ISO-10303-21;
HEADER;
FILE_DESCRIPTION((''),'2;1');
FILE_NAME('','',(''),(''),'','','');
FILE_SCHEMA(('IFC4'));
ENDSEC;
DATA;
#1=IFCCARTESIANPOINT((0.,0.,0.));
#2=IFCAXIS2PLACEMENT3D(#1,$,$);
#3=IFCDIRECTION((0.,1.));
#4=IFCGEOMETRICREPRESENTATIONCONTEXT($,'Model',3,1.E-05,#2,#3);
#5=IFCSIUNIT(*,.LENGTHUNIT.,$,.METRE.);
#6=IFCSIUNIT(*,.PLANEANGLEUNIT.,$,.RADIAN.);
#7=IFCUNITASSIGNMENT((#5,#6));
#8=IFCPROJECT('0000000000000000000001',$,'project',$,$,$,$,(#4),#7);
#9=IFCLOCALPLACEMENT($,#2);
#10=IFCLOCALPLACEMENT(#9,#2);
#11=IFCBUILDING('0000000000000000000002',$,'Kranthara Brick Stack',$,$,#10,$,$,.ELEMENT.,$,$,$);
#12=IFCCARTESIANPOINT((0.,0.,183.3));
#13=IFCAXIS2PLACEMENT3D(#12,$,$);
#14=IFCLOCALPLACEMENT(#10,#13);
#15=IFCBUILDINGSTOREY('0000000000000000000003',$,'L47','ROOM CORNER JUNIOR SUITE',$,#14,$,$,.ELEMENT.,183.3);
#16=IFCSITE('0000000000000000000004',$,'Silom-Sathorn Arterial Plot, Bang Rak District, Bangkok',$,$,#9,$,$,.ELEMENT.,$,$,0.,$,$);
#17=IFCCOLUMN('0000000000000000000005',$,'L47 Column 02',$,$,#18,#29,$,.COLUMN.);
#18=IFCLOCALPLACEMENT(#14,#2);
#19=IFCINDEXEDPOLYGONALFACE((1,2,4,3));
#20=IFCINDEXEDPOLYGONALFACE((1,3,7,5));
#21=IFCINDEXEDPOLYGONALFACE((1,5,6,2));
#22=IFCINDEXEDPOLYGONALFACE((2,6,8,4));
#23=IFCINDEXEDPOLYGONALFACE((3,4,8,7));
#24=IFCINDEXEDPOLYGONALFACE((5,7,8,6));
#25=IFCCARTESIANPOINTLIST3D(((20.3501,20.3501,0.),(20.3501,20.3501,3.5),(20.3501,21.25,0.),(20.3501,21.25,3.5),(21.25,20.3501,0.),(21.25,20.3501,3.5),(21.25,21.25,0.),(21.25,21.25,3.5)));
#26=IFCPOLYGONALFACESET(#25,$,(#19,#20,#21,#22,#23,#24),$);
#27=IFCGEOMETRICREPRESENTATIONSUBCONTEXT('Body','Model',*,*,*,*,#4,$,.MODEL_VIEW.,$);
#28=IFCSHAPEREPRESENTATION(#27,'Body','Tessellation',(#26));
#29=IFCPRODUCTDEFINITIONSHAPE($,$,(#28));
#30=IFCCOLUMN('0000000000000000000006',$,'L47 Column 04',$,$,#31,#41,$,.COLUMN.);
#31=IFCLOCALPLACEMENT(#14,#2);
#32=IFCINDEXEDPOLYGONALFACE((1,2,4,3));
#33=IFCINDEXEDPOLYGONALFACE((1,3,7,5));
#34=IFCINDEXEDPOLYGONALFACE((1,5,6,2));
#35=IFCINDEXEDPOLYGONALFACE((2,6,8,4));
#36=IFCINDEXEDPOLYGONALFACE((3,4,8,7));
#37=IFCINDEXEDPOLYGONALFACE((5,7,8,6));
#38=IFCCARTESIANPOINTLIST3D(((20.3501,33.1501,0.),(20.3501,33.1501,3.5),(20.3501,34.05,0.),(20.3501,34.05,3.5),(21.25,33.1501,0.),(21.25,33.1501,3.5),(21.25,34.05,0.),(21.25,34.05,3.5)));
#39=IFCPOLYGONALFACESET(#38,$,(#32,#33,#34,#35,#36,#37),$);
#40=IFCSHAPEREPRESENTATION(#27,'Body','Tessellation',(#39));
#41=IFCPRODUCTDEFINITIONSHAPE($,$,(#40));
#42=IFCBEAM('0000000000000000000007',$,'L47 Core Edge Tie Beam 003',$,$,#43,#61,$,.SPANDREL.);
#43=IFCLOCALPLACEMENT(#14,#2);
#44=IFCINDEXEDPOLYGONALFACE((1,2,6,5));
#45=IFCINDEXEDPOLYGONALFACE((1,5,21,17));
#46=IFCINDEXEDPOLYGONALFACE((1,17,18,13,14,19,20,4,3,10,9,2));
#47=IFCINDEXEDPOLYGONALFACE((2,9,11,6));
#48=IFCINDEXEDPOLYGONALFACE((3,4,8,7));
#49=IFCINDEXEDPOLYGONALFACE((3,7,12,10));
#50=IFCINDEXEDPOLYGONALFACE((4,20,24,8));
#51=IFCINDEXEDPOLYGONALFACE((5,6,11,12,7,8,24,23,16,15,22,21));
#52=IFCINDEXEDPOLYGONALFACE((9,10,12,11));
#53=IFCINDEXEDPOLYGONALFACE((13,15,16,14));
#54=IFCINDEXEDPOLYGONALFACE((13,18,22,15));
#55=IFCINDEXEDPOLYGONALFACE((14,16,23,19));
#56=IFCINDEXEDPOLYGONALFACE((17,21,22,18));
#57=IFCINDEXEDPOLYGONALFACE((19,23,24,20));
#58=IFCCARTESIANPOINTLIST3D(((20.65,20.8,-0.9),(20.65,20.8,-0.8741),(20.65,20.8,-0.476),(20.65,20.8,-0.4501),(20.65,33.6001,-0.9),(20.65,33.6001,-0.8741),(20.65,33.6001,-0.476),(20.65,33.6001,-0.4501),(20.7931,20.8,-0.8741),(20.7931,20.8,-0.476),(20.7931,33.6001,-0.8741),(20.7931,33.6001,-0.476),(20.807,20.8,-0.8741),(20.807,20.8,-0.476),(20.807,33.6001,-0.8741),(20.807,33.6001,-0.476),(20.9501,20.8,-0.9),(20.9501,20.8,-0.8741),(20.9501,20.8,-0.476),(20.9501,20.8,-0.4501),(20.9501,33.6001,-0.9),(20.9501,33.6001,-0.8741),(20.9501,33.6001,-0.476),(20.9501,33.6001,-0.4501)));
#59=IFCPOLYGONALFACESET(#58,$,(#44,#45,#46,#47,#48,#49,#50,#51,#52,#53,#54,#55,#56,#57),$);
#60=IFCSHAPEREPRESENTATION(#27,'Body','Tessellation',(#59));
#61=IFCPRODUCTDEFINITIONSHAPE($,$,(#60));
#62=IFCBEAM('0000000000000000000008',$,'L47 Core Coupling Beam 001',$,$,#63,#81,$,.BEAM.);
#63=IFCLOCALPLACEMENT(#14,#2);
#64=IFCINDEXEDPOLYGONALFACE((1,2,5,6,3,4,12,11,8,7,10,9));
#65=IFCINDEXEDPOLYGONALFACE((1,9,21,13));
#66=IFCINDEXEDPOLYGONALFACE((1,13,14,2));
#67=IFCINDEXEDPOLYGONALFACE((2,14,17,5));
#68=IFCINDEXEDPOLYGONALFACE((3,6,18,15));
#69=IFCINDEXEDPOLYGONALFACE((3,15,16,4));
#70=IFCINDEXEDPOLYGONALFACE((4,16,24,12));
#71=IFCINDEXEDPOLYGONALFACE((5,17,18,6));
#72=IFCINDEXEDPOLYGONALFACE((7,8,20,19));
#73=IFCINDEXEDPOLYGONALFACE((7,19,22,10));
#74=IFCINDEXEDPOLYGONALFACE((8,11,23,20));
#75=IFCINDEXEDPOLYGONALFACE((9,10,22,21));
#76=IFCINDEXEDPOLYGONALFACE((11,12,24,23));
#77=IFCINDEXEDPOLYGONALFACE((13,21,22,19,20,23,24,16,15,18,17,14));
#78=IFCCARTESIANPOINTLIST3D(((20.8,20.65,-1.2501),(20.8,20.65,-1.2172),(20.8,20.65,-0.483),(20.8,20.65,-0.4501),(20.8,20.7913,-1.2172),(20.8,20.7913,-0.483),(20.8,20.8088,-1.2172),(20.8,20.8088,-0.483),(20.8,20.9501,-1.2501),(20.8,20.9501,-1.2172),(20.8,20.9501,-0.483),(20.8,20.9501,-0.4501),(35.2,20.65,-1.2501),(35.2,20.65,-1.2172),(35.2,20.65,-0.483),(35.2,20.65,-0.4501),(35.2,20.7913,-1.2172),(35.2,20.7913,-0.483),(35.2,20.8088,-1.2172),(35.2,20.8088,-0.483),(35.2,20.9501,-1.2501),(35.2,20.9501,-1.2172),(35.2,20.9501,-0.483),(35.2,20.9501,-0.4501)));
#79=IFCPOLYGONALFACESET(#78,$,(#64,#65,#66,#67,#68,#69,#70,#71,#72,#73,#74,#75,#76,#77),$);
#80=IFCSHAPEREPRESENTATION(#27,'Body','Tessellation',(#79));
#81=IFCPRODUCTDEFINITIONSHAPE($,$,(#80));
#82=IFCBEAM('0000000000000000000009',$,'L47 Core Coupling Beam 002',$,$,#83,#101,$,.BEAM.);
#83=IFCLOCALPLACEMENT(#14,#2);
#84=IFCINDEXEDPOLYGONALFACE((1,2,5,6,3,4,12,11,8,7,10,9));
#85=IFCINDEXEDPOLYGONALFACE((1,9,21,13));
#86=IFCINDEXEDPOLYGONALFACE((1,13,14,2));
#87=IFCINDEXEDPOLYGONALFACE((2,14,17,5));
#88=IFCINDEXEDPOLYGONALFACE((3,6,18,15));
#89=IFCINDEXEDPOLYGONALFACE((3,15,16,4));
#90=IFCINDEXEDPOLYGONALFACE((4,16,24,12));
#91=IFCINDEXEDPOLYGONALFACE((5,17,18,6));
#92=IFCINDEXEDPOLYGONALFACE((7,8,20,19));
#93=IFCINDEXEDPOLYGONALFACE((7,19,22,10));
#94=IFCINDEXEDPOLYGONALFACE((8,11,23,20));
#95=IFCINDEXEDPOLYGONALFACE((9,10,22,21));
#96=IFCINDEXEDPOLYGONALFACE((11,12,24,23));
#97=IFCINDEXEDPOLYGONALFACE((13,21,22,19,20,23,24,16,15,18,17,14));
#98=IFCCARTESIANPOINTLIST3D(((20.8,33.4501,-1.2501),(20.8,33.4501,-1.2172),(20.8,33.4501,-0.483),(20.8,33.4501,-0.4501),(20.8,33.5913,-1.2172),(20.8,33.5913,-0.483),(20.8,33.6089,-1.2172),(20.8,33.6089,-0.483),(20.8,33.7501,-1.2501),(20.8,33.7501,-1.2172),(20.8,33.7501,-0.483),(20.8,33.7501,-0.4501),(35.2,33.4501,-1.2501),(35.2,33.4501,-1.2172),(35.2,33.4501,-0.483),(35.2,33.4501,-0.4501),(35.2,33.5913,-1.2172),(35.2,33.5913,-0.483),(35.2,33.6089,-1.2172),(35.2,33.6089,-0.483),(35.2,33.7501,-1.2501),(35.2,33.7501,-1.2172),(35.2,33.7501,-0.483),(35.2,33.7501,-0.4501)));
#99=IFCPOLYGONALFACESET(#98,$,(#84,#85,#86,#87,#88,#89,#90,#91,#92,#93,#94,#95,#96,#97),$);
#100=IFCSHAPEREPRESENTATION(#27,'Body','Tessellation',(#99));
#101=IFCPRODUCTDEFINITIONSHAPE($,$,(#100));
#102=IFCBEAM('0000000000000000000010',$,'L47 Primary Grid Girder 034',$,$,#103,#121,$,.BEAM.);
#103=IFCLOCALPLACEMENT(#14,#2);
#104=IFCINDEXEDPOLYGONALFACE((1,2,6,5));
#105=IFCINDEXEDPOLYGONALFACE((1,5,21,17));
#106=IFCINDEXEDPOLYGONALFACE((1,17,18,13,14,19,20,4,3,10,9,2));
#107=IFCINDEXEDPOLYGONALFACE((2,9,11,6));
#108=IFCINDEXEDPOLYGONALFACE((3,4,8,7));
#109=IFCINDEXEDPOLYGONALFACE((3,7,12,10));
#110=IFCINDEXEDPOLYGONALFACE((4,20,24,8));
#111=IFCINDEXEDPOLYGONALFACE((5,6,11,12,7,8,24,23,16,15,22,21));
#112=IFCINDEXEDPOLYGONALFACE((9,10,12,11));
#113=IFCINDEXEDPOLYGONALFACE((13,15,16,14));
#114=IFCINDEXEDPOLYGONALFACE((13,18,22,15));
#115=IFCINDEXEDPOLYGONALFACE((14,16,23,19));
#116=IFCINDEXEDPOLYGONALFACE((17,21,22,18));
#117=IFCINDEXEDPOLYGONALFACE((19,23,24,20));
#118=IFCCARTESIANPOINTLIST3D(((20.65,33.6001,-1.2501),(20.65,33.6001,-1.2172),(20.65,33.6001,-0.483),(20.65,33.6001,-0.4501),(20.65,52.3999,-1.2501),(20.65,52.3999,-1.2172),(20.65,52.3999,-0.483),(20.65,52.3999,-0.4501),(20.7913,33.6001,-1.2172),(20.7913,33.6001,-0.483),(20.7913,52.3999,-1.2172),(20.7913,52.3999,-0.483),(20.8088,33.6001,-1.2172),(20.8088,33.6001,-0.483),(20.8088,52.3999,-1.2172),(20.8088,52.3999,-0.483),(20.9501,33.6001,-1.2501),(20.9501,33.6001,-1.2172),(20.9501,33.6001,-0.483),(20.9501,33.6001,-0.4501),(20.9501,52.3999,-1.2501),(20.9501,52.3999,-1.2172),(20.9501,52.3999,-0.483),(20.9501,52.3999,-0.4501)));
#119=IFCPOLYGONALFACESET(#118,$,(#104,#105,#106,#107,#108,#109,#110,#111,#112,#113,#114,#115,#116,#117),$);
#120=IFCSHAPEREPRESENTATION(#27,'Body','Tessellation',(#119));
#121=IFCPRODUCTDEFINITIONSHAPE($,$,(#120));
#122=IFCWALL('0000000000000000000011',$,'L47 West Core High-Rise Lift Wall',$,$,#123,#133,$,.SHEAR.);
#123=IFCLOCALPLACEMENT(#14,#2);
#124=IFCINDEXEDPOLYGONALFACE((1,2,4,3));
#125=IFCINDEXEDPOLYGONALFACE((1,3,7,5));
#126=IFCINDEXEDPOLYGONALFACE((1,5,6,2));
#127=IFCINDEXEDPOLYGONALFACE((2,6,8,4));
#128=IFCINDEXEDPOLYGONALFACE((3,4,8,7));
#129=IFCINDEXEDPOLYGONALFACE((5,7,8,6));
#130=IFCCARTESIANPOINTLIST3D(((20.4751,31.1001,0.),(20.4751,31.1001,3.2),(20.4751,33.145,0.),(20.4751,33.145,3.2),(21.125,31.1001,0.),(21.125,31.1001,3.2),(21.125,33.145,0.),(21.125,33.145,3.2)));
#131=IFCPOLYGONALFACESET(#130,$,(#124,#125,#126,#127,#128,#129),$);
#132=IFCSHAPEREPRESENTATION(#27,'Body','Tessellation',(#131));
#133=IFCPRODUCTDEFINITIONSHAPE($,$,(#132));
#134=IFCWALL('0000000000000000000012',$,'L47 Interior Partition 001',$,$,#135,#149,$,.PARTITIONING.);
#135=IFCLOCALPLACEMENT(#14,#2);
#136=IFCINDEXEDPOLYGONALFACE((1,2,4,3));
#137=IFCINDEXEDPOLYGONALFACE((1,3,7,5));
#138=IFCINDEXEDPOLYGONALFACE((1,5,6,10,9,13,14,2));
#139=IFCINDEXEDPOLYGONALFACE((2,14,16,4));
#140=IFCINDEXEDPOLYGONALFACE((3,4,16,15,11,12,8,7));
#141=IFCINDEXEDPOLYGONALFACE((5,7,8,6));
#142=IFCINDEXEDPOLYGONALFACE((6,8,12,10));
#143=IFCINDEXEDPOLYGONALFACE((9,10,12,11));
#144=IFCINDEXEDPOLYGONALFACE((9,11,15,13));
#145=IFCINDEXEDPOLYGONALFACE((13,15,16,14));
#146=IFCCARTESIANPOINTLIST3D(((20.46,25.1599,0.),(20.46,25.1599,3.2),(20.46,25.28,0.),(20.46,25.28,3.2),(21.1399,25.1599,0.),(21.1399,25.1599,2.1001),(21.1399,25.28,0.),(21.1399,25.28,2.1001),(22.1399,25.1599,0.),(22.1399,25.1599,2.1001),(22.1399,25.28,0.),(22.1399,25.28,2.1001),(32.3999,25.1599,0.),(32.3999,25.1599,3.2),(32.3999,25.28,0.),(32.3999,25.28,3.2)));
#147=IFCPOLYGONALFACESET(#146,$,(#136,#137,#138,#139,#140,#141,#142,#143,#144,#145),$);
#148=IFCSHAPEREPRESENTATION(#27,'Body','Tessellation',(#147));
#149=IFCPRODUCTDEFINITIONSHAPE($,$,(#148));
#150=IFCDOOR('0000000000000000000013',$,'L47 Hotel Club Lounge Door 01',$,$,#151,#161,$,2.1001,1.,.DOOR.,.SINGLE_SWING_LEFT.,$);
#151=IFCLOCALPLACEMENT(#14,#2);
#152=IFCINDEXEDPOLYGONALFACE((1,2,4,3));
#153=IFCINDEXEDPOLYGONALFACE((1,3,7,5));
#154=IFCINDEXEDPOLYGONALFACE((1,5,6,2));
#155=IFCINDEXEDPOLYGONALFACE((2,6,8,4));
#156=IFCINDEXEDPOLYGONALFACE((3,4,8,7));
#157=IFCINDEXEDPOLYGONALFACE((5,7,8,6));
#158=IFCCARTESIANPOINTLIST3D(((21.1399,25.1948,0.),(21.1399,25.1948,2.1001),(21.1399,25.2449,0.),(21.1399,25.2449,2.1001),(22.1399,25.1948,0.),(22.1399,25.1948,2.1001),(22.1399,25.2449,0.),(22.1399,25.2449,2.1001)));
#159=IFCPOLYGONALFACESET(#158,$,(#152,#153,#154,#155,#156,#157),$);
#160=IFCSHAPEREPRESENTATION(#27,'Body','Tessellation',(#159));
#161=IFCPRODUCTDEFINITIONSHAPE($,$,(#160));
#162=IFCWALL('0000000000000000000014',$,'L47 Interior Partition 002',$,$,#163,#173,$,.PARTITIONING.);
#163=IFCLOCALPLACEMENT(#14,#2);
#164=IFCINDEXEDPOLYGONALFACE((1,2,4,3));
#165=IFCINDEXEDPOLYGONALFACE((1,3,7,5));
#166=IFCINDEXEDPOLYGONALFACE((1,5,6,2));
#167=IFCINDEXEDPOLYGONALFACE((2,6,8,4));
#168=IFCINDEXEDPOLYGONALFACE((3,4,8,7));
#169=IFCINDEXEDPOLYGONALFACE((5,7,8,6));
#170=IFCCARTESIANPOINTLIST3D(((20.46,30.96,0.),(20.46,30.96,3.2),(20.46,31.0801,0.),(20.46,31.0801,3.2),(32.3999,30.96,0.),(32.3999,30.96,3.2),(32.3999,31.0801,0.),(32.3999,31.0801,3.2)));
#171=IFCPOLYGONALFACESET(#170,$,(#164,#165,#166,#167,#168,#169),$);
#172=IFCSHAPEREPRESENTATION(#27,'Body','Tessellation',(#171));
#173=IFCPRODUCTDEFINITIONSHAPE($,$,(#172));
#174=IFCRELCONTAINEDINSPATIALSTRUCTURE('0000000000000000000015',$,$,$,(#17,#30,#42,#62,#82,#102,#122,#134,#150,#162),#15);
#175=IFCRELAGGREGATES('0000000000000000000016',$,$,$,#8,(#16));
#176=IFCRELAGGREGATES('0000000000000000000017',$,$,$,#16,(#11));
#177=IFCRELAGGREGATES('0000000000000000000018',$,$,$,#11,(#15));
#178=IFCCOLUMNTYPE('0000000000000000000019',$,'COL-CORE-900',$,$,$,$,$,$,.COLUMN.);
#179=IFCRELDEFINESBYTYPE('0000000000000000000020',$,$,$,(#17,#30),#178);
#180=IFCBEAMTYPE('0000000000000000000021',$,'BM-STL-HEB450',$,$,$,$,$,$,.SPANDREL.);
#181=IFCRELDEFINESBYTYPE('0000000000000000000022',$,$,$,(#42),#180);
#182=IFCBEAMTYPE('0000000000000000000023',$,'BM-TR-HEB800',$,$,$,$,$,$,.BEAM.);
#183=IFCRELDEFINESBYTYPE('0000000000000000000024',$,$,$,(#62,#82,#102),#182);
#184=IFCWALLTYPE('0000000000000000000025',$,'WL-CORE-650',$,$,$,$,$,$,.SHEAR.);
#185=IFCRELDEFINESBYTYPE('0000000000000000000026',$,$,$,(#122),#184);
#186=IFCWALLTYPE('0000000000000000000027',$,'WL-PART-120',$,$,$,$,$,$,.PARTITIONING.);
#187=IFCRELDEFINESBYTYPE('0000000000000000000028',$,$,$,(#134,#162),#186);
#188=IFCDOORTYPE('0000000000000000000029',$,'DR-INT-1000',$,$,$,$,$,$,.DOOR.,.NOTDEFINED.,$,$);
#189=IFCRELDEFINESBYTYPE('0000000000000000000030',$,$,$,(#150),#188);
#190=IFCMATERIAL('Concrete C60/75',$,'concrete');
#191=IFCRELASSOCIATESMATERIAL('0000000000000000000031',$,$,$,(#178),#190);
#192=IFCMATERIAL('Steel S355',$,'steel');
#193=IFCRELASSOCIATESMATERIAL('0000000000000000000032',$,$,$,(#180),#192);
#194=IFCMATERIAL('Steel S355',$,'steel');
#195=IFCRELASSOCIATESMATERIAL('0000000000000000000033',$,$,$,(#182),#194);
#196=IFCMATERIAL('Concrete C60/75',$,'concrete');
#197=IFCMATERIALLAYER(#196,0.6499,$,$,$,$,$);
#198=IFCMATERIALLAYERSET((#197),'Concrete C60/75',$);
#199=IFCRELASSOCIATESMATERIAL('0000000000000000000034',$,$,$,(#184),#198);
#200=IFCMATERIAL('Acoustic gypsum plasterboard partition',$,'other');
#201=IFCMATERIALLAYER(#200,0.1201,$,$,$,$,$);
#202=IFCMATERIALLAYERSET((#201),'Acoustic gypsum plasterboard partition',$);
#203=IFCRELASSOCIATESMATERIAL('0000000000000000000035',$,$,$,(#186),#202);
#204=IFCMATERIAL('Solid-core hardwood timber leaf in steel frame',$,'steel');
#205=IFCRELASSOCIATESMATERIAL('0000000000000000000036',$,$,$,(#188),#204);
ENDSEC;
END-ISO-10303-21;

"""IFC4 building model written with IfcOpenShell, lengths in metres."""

from ifc_helpers import new_model, si_unit, direction, frame, frame_2d, origin, origin_2d, place, context, subcontext, project, spatial, rectangle, i_section, extrude, material, layer, layer_set, material_profile, profile_set, type_object, element, fill, save


model = new_model("IFC4")

# Units and contexts
model_context = context("Model", 3, precision=1e-05, world=origin(), true_north=direction((0.0, 1.0)))
body_context = subcontext(model_context, "Body", "Model", "MODEL_VIEW")
ifc_project = project(units=[si_unit("LENGTHUNIT", "METRE"), si_unit("PLANEANGLEUNIT", "RADIAN")], contexts=[model_context])

# Site, building, storey
site_placement = place(None, origin())
site = spatial("IfcSite", under=ifc_project, at=site_placement, Name="Silom-Sathorn Arterial Plot, Bang Rak District, Bangkok", CompositionType="ELEMENT", RefElevation=0.0)
building_placement = place(site_placement, origin())
building = spatial("IfcBuilding", under=site, at=building_placement, Name="Kranthara Brick Stack", CompositionType="ELEMENT")
storey_placement = place(building_placement, frame((0.0, 0.0, 183.3)))
storey = spatial("IfcBuildingStorey", under=building, at=storey_placement, Name="L47", Description="ROOM CORNER JUNIOR SUITE", CompositionType="ELEMENT", Elevation=183.3)

# Columns
ifc_material_1 = material(Name="Concrete C60/75", Category="concrete")
ifc_material_profile_1 = material_profile(ifc_material_1, rectangle(XDim=0.8999, YDim=0.8999, at=origin_2d()), Name="RC 900x900")
ifc_profile_set_1 = profile_set([ifc_material_profile_1], Name="Concrete C60/75")
column_type = type_object("IfcColumnType", Name="COL-CORE-900", PredefinedType="COLUMN", material=ifc_profile_set_1)
for number, where, z_axis, x_axis, name in (
    (1, (20.8, 20.8, 0.0), (0.0, 0.0, 1.0), (1.0, 0.0, 0.0), "L47 Column 02"),
    (2, (20.8, 33.6001, 0.0), (0.0, 0.0, 1.0), (1.0, 0.0, 0.0), "L47 Column 04"),
):
    element("IfcColumn", number, at=place(storey_placement, frame(where, z_axis=z_axis, x_axis=x_axis)), inside=storey, type_object=column_type, Name=name, PredefinedType="COLUMN", context=body_context, shape_type="SweptSolid", body=[
        extrude(rectangle(XDim=0.8999, YDim=0.8999, at=origin_2d()), origin(), (0.0, 0.0, 1.0), 3.5),
    ])

# Beams
ifc_material_2 = material(Name="Steel S355", Category="steel")
ifc_material_profile_2 = material_profile(ifc_material_2, i_section(OverallWidth=0.3, OverallDepth=0.45, WebThickness=0.0139, FlangeThickness=0.0259, at=origin_2d()), Name="HEB 450")
ifc_profile_set_2 = profile_set([ifc_material_profile_2], Name="Steel S355")
beam_type_1 = type_object("IfcBeamType", Name="BM-STL-HEB450", PredefinedType="SPANDREL", material=ifc_profile_set_2)
beam_1_placement = place(storey_placement, frame((20.8, 20.8, -0.675), z_axis=(0.0, 1.0, 0.0), x_axis=(-1.0, 0.0, 0.0)))
element("IfcBeam", 3, at=beam_1_placement, inside=storey, type_object=beam_type_1, Name="L47 Core Edge Tie Beam 003", PredefinedType="SPANDREL", context=body_context, shape_type="SweptSolid", body=[
    extrude(i_section(OverallWidth=0.3, OverallDepth=0.45, WebThickness=0.0139, FlangeThickness=0.0259, at=origin_2d()), origin(), (0.0, 0.0, 1.0), 12.8),
])
ifc_material_3 = material(Name="Steel S355", Category="steel")
ifc_material_profile_3 = material_profile(ifc_material_3, i_section(OverallWidth=0.3, OverallDepth=0.8, WebThickness=0.0176, FlangeThickness=0.033, at=origin_2d()), Name="HEB 800")
ifc_profile_set_3 = profile_set([ifc_material_profile_3], Name="Steel S355")
beam_type_2 = type_object("IfcBeamType", Name="BM-TR-HEB800", PredefinedType="BEAM", material=ifc_profile_set_3)
for number, where, z_axis, x_axis, name in (
    (4, (20.8, 20.8, -0.8501), (1.0, 0.0, 0.0), (0.0, 1.0, 0.0), "L47 Core Coupling Beam 001"),
    (5, (20.8, 33.6001, -0.8501), (1.0, 0.0, 0.0), (0.0, 1.0, 0.0), "L47 Core Coupling Beam 002"),
):
    element("IfcBeam", number, at=place(storey_placement, frame(where, z_axis=z_axis, x_axis=x_axis)), inside=storey, type_object=beam_type_2, Name=name, PredefinedType="BEAM", context=body_context, shape_type="SweptSolid", body=[
        extrude(i_section(OverallWidth=0.3, OverallDepth=0.8, WebThickness=0.0176, FlangeThickness=0.033, at=origin_2d()), origin(), (0.0, 0.0, 1.0), 14.3999),
    ])
beam_2_placement = place(storey_placement, frame((20.8, 33.6001, -0.8501), z_axis=(0.0, 1.0, 0.0), x_axis=(-1.0, 0.0, 0.0)))
element("IfcBeam", 6, at=beam_2_placement, inside=storey, type_object=beam_type_2, Name="L47 Primary Grid Girder 034", PredefinedType="BEAM", context=body_context, shape_type="SweptSolid", body=[
    extrude(i_section(OverallWidth=0.3, OverallDepth=0.8, WebThickness=0.0176, FlangeThickness=0.033, at=origin_2d()), origin(), (0.0, 0.0, 1.0), 18.7998),
])

# Shared definitions
ifc_material_4 = material(Name="Concrete C60/75", Category="concrete")
ifc_layer_1 = layer(ifc_material_4, 0.6499)
ifc_layer_set_1 = layer_set([ifc_layer_1], Name="Concrete C60/75")
wall_type_1 = type_object("IfcWallType", Name="WL-CORE-650", PredefinedType="SHEAR", material=ifc_layer_set_1)

# Wall
wall_1_placement = place(storey_placement, frame((20.8, 31.1001, 0.0), z_axis=(0.0, 0.0, 1.0), x_axis=(0.0, 1.0, 0.0)))
element("IfcWall", 7, at=wall_1_placement, inside=storey, type_object=wall_type_1, Name="L47 West Core High-Rise Lift Wall", PredefinedType="SHEAR", context=body_context, shape_type="SweptSolid", body=[
    extrude(rectangle(XDim=2.0449, YDim=0.6499, at=frame_2d((1.0225, 0.0))), origin(), (0.0, 0.0, 1.0), 3.2),
])

# Wall, opening, door
ifc_material_5 = material(Name="Acoustic gypsum plasterboard partition", Category="other")
ifc_layer_2 = layer(ifc_material_5, 0.1201)
ifc_layer_set_2 = layer_set([ifc_layer_2], Name="Acoustic gypsum plasterboard partition")
wall_type_2 = type_object("IfcWallType", Name="WL-PART-120", PredefinedType="PARTITIONING", material=ifc_layer_set_2)
wall_2_placement = place(storey_placement, frame((20.46, 25.22, 0.0), z_axis=(0.0, 0.0, 1.0), x_axis=(1.0, 0.0, 0.0)))
wall_2 = element("IfcWall", 8, at=wall_2_placement, inside=storey, type_object=wall_type_2, Name="L47 Interior Partition 001", PredefinedType="PARTITIONING", context=body_context, shape_type="SweptSolid", body=[
    extrude(rectangle(XDim=11.9399, YDim=0.1201, at=frame_2d((5.97, 0.0))), origin(), (0.0, 0.0, 1.0), 3.2),
])
opening_1_placement = place(wall_2_placement, frame((0.6799, 0.0, 0.0)))
opening_1 = element("IfcOpeningElement", 9, at=opening_1_placement, cuts=wall_2, PredefinedType="OPENING", context=body_context, shape_type="SweptSolid", body=[
    extrude(rectangle(XDim=1.0, YDim=2.1001, at=frame_2d((0.5, 1.05))), frame((0.0, 0.0701, 0.0), z_axis=(0.0, -1.0, 0.0), x_axis=(1.0, 0.0, 0.0)), (0.0, 0.0, 1.0), 0.1401),
])
ifc_material_6 = material(Name="Solid-core hardwood timber leaf in steel frame", Category="steel")
door_type_1 = type_object("IfcDoorType", Name="DR-INT-1000", OperationType="NOTDEFINED", PredefinedType="DOOR", material=ifc_material_6)
door_1_placement = place(opening_1_placement, origin())
door_1 = element("IfcDoor", 10, at=door_1_placement, inside=storey, type_object=door_type_1, Name="L47 Hotel Club Lounge Door 01", OperationType="SINGLE_SWING_LEFT", OverallHeight=2.1001, OverallWidth=1.0, PredefinedType="DOOR", context=body_context, shape_type="SweptSolid", body=[
    extrude(rectangle(XDim=1.0, YDim=2.1001, at=frame_2d((0.5, 1.05))), frame((0.0, 0.0249, 0.0), z_axis=(0.0, -1.0, 0.0), x_axis=(1.0, 0.0, 0.0)), (0.0, 0.0, 1.0), 0.05),
])
fill(opening_1, door_1)

# Wall
wall_3_placement = place(storey_placement, frame((20.46, 31.02, 0.0), z_axis=(0.0, 0.0, 1.0), x_axis=(1.0, 0.0, 0.0)))
element("IfcWall", 11, at=wall_3_placement, inside=storey, type_object=wall_type_2, Name="L47 Interior Partition 002", PredefinedType="PARTITIONING", context=body_context, shape_type="SweptSolid", body=[
    extrude(rectangle(XDim=11.9399, YDim=0.1201, at=frame_2d((5.97, 0.0))), origin(), (0.0, 0.0, 1.0), 3.2),
])

save(model, "model.ifc")
